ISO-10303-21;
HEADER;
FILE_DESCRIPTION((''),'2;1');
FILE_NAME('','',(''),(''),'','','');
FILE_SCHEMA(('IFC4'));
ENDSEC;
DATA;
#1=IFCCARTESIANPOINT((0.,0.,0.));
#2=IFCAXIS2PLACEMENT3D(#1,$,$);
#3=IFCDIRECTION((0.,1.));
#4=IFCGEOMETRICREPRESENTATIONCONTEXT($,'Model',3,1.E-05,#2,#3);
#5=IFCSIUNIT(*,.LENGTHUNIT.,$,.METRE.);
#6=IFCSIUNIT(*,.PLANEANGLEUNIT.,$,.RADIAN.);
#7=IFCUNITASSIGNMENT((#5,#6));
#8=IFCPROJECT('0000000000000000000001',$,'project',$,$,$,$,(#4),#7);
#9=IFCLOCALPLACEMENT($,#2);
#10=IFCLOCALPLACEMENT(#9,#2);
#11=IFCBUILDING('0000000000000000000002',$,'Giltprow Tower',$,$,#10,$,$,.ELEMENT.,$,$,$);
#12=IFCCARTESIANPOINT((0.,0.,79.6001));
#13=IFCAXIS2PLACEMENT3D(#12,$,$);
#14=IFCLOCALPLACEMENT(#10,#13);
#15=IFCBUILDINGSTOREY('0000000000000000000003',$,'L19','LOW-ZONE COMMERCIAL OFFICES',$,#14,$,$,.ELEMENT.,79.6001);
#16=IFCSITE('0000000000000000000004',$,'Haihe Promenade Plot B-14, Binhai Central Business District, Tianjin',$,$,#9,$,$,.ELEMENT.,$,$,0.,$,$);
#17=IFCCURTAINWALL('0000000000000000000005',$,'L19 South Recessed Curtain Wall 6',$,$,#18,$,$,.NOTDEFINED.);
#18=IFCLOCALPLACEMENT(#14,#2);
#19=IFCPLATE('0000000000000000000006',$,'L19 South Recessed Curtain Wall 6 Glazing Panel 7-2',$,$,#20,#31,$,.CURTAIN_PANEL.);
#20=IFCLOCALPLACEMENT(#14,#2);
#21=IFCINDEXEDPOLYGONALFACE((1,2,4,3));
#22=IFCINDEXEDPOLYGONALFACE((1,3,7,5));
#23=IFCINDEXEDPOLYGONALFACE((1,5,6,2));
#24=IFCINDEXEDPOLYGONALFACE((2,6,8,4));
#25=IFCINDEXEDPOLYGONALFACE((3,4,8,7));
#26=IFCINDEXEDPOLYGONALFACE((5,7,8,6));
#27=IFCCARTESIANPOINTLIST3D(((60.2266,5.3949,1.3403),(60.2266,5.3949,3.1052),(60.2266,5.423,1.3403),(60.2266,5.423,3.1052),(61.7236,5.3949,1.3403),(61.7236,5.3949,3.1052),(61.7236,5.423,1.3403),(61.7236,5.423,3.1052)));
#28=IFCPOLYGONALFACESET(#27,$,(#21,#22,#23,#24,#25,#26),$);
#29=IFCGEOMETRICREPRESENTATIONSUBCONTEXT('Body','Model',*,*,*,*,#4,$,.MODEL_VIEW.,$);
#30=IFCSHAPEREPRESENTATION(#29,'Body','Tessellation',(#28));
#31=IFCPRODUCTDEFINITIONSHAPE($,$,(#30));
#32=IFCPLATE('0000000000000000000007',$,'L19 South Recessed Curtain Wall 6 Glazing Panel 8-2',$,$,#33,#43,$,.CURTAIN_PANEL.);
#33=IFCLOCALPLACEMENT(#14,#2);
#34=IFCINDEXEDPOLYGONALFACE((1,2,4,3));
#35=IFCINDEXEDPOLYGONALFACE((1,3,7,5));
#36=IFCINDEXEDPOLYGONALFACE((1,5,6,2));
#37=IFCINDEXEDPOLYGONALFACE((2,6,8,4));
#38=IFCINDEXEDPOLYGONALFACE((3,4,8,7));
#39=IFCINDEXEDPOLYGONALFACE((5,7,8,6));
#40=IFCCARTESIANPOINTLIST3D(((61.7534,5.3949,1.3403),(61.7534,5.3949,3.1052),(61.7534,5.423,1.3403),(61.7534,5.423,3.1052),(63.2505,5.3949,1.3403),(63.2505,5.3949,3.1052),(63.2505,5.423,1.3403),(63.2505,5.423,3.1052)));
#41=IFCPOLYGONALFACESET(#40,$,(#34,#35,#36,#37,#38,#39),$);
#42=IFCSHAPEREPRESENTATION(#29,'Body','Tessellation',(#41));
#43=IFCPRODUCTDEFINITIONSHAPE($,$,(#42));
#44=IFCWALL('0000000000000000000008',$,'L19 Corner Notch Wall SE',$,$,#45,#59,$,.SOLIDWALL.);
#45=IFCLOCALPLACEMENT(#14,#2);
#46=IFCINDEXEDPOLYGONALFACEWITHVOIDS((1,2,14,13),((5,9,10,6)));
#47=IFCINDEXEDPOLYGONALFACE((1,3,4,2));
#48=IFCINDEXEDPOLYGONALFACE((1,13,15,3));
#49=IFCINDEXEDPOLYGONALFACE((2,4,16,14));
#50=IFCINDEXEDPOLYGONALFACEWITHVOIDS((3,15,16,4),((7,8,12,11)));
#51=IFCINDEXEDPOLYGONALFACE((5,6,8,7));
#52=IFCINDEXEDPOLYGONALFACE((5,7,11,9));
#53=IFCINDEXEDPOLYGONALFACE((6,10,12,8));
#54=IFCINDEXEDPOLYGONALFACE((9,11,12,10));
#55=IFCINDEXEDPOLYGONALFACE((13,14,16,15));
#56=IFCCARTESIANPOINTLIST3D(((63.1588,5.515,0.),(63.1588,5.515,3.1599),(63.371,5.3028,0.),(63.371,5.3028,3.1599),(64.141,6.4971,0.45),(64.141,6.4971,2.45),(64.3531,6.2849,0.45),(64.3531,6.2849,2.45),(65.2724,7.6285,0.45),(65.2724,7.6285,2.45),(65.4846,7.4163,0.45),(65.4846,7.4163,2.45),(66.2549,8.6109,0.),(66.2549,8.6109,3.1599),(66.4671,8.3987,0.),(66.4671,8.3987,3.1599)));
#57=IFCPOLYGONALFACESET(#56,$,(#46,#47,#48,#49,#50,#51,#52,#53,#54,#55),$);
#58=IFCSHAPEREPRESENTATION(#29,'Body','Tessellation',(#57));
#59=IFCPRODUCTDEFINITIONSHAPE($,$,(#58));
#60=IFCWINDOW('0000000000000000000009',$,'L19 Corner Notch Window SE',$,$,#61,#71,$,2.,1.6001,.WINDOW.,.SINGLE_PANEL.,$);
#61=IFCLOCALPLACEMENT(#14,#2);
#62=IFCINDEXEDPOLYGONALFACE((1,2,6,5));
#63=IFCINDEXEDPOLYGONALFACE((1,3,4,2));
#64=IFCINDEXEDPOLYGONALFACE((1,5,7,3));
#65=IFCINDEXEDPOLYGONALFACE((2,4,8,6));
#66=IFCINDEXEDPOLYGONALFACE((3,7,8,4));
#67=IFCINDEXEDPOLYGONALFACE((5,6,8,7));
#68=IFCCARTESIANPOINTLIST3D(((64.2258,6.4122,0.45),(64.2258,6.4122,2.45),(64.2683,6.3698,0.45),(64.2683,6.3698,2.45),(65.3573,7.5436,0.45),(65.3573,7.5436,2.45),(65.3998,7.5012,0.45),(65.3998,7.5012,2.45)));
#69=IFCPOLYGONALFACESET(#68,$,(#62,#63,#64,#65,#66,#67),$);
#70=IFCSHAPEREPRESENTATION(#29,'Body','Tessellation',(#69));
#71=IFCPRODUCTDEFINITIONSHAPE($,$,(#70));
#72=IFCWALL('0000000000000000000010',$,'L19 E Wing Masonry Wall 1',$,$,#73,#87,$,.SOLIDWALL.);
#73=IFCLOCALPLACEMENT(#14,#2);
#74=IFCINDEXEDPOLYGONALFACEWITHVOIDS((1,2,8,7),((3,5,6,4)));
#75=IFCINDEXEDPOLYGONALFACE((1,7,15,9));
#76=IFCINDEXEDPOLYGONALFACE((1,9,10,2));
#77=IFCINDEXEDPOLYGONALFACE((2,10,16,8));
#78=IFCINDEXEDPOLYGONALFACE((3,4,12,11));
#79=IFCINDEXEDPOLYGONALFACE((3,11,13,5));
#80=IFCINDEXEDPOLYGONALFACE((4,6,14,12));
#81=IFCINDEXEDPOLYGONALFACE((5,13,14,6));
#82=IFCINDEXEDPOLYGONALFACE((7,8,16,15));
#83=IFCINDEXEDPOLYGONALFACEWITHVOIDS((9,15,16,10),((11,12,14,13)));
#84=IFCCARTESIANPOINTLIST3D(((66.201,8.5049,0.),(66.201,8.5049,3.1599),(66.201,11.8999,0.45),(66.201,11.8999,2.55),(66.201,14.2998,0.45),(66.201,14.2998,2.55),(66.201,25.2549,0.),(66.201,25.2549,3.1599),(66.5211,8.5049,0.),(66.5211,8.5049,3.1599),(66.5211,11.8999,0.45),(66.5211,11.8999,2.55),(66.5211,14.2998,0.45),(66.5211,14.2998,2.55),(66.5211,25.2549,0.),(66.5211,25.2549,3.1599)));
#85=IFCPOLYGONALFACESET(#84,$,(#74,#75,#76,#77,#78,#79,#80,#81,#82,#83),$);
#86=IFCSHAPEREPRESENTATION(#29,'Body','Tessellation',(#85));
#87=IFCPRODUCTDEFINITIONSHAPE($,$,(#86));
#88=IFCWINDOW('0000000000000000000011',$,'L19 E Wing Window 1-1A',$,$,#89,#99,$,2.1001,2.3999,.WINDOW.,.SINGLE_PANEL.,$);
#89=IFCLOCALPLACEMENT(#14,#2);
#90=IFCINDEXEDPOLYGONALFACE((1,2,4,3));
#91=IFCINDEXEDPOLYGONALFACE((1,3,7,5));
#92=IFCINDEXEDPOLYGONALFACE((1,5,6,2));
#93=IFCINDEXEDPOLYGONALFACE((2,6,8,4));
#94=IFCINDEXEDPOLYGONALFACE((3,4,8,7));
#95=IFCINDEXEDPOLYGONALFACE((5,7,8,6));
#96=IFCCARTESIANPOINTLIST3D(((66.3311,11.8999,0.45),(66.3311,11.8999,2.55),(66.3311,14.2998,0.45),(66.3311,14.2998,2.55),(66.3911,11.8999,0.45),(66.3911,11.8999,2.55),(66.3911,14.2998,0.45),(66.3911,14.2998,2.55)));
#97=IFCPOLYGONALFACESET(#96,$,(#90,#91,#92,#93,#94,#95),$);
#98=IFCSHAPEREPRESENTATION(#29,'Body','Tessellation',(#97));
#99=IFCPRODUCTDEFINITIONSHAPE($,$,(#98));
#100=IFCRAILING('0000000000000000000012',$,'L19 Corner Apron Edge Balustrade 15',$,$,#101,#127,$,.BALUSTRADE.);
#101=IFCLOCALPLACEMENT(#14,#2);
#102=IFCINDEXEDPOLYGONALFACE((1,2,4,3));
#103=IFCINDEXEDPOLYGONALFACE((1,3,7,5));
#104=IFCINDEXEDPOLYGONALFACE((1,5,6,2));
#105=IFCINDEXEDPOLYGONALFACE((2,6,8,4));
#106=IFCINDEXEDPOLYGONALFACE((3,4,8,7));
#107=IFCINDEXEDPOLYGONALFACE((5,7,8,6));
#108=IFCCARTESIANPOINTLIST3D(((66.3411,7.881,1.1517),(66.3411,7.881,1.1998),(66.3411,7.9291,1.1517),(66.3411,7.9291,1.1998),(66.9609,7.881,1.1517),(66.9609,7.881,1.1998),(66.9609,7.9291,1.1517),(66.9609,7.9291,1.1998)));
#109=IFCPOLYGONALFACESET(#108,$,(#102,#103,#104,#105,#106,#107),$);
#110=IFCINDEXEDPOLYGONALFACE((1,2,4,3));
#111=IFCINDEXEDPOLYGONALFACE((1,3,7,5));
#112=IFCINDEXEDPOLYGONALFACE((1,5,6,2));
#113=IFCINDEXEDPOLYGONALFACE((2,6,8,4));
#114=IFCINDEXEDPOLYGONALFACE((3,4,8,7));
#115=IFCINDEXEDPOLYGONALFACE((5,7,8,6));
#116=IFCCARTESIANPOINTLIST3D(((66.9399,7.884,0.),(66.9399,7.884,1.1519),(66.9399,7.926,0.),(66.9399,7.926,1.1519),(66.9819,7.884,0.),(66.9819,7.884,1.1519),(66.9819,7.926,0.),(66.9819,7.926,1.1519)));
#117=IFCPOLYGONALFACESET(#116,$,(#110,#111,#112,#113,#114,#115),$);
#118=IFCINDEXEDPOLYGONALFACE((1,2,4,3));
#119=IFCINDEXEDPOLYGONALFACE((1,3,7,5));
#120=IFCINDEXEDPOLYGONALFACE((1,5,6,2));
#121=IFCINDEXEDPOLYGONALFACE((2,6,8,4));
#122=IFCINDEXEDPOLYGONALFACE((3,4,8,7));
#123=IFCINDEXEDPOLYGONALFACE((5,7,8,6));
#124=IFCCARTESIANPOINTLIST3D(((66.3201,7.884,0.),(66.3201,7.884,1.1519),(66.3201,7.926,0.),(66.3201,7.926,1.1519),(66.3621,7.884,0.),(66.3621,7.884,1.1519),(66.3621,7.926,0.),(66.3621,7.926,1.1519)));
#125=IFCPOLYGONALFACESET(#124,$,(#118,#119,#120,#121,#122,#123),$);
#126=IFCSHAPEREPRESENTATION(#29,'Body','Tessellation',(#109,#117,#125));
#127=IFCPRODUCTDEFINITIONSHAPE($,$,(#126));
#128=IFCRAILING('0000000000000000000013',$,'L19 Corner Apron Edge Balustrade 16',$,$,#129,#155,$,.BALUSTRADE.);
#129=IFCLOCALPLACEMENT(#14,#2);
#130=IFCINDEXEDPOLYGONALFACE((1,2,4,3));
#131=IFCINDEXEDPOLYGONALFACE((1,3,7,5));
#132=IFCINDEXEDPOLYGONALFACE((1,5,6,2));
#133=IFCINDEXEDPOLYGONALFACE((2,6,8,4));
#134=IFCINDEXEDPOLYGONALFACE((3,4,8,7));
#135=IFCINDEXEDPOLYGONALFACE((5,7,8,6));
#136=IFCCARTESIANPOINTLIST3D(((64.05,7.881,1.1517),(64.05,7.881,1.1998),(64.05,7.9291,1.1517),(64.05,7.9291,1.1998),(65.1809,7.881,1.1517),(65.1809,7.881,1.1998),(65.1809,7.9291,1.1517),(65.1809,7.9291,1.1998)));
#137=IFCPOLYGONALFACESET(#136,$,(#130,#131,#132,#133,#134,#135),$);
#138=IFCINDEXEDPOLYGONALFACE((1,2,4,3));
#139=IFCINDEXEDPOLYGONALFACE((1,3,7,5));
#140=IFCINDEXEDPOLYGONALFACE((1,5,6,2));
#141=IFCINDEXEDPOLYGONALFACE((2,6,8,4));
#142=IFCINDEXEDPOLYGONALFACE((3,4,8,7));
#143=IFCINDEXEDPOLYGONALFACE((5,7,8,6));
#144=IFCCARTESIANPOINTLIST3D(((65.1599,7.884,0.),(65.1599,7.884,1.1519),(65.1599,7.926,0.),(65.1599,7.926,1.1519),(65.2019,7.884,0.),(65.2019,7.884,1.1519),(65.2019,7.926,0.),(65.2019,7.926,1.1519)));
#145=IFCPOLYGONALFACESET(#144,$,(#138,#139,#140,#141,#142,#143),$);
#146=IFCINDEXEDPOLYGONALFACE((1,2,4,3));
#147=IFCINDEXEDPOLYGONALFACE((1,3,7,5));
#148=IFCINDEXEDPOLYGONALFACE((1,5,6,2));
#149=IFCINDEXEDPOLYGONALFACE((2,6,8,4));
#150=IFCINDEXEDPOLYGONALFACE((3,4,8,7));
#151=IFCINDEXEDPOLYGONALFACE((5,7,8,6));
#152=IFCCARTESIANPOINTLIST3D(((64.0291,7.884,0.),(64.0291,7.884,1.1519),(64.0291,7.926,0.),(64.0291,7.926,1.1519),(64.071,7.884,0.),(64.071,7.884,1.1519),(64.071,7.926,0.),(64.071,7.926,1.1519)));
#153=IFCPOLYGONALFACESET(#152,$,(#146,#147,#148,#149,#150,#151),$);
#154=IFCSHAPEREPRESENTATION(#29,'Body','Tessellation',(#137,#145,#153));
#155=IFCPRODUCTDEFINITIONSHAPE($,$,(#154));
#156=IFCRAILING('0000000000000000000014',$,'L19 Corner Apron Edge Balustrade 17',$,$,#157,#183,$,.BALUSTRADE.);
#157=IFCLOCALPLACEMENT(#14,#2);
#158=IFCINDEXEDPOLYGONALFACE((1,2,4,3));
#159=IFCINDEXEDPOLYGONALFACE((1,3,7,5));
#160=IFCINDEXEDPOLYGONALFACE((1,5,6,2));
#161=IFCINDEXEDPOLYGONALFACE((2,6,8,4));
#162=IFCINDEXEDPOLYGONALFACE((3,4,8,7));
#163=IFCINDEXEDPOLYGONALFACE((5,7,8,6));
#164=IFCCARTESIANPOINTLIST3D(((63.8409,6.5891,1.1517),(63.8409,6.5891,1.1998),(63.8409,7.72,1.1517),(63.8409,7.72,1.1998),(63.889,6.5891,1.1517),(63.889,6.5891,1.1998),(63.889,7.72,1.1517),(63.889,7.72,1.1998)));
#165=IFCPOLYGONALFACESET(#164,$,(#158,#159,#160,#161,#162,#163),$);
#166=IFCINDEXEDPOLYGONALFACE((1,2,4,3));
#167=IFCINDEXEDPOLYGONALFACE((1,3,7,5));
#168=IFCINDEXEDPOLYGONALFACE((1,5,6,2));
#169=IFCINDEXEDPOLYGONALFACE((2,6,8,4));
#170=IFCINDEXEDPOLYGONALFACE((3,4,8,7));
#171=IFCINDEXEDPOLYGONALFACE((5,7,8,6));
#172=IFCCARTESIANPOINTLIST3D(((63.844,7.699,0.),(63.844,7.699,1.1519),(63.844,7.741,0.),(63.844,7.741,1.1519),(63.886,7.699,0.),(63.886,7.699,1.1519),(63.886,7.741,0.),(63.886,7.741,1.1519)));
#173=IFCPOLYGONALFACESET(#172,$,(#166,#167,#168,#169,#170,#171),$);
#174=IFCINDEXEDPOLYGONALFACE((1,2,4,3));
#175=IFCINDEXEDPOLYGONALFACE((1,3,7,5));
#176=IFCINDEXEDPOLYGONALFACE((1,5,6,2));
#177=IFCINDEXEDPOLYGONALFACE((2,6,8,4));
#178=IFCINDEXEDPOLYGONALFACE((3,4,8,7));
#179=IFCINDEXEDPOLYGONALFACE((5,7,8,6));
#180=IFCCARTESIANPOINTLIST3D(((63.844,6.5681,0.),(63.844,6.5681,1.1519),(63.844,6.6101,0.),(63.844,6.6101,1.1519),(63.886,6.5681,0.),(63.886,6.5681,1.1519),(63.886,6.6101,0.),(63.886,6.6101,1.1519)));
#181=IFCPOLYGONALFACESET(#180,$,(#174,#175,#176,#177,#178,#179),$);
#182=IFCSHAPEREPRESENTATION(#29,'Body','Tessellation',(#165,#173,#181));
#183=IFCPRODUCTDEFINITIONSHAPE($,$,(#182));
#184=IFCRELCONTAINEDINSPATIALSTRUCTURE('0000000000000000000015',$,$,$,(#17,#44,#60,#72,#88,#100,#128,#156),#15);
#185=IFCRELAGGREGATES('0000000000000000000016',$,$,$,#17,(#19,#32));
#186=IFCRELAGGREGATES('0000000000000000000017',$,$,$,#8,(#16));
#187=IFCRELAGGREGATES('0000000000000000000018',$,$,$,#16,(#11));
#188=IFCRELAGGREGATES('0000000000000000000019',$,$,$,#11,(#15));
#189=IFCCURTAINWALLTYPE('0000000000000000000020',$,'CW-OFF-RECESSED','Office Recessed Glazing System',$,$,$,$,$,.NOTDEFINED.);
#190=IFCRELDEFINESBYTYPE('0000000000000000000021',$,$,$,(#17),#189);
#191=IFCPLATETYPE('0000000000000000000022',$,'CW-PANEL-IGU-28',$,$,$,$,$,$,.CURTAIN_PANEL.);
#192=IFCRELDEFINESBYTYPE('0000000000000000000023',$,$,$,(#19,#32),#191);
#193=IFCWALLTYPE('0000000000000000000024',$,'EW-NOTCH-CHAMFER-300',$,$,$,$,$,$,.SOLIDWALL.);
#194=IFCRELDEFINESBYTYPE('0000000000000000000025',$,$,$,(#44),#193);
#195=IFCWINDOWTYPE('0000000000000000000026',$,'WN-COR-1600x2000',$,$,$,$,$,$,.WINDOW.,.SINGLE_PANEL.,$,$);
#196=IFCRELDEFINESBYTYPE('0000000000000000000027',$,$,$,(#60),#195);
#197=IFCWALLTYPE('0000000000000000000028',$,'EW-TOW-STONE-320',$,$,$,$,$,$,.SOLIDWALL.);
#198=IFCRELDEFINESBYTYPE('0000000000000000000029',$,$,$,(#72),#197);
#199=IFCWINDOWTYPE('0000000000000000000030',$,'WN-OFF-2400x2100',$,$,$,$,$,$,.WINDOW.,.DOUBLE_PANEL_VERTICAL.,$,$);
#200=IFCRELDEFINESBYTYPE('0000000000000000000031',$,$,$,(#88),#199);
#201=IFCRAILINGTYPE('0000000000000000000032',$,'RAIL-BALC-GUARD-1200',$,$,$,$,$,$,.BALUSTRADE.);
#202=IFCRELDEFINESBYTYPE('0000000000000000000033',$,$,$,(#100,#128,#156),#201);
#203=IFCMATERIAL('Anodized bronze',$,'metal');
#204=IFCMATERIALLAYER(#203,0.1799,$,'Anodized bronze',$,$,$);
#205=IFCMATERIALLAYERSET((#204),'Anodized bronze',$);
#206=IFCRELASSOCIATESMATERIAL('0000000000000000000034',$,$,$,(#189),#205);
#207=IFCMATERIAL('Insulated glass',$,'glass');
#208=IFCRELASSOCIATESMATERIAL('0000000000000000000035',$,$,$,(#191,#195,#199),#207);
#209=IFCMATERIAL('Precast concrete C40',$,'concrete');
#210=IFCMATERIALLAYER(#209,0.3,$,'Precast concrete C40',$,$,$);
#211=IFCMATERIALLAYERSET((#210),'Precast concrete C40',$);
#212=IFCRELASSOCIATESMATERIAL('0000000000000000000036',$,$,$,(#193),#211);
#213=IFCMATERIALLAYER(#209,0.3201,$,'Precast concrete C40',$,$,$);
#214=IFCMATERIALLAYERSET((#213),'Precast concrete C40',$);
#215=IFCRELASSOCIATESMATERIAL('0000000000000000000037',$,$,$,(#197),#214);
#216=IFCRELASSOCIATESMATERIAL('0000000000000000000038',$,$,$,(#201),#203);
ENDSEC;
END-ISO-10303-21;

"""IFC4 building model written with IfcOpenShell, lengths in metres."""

from ifc_helpers import new_model, si_unit, direction, frame, frame_2d, origin, origin_2d, place, context, subcontext, project, spatial, rectangle, extrude, source, transform, mapped, material, layer, layer_set, type_object, element, fill, aggregate, save


model = new_model("IFC4")

# Units and contexts
model_context = context("Model", 3, precision=1e-05, world=origin(), true_north=direction((0.0, 1.0)))
body_context = subcontext(model_context, "Body", "Model", "MODEL_VIEW")
ifc_project = project(units=[si_unit("LENGTHUNIT", "METRE"), si_unit("PLANEANGLEUNIT", "RADIAN")], contexts=[model_context])

# Site, building, storey
site_placement = place(None, origin())
site = spatial("IfcSite", under=ifc_project, at=site_placement, Name="Haihe Promenade Plot B-14, Binhai Central Business District, Tianjin", CompositionType="ELEMENT", RefElevation=0.0)
building_placement = place(site_placement, origin())
building = spatial("IfcBuilding", under=site, at=building_placement, Name="Giltprow Tower", CompositionType="ELEMENT")
storey_placement = place(building_placement, frame((0.0, 0.0, 79.6001)))
storey = spatial("IfcBuildingStorey", under=building, at=storey_placement, Name="L19", Description="LOW-ZONE COMMERCIAL OFFICES", CompositionType="ELEMENT", Elevation=79.6001)

# Curtain wall, plates
ifc_material_1 = material(Name="Anodized bronze", Category="metal")
ifc_layer_1 = layer(ifc_material_1, 0.1799, Name="Anodized bronze")
ifc_layer_set_1 = layer_set([ifc_layer_1], Name="Anodized bronze")
curtain_wall_type = type_object("IfcCurtainWallType", Name="CW-OFF-RECESSED", Description="Office Recessed Glazing System", PredefinedType="NOTDEFINED", material=ifc_layer_set_1)
curtain_wall_placement = place(storey_placement, origin())
curtain_wall = element("IfcCurtainWall", 1, at=curtain_wall_placement, inside=storey, type_object=curtain_wall_type, Name="L19 South Recessed Curtain Wall 6", PredefinedType="NOTDEFINED")
ifc_material_2 = material(Name="Insulated glass", Category="glass")
plate_type = type_object("IfcPlateType", Name="CW-PANEL-IGU-28", PredefinedType="CURTAIN_PANEL", material=ifc_material_2)
shared_shape_1 = source(origin(), body_context, "Body", "SweptSolid", [
    extrude(rectangle(XDim=1.4971, YDim=0.0281, at=origin_2d()), origin(), (0.0, 0.0, 1.0), 1.7649),
])
plate_1_placement = place(storey_placement, frame((60.9751, 5.4089, 1.3403), z_axis=(0.0, 0.0, 1.0), x_axis=(1.0, 0.0, 0.0)))
plate_1 = element("IfcPlate", 2, at=plate_1_placement, type_object=plate_type, Name="L19 South Recessed Curtain Wall 6 Glazing Panel 7-2", PredefinedType="CURTAIN_PANEL", context=body_context, shape_type="MappedRepresentation", body=[
    mapped(shared_shape_1, transform((0.0, 0.0, 0.0), x_axis=(1.0, 0.0, 0.0), y_axis=(0.0, 1.0, 0.0), z_axis=(0.0, 0.0, 1.0), scale=1.0)),
])
plate_2_placement = place(storey_placement, frame((62.502, 5.4089, 1.3403), z_axis=(0.0, 0.0, 1.0), x_axis=(1.0, 0.0, 0.0)))
plate_2 = element("IfcPlate", 3, at=plate_2_placement, type_object=plate_type, Name="L19 South Recessed Curtain Wall 6 Glazing Panel 8-2", PredefinedType="CURTAIN_PANEL", context=body_context, shape_type="MappedRepresentation", body=[
    mapped(shared_shape_1, transform((0.0, 0.0, 0.0), x_axis=(1.0, 0.0, 0.0), y_axis=(0.0, 1.0, 0.0), z_axis=(0.0, 0.0, 1.0), scale=1.0)),
])
aggregate(curtain_wall, [plate_1, plate_2])

# Walls, openings, windows
ifc_material_3 = material(Name="Precast concrete C40", Category="concrete")
ifc_layer_2 = layer(ifc_material_3, 0.3, Name="Precast concrete C40")
ifc_layer_set_2 = layer_set([ifc_layer_2], Name="Precast concrete C40")
wall_type_1 = type_object("IfcWallType", Name="EW-NOTCH-CHAMFER-300", PredefinedType="SOLIDWALL", material=ifc_layer_set_2)
wall_1_placement = place(storey_placement, frame((63.2649, 5.4089, 0.0), z_axis=(0.0, 0.0, 1.0), x_axis=(0.707135, 0.707079, 0.0)))
wall_1 = element("IfcWall", 4, at=wall_1_placement, inside=storey, type_object=wall_type_1, Name="L19 Corner Notch Wall SE", PredefinedType="SOLIDWALL", context=body_context, shape_type="SweptSolid", body=[
    extrude(rectangle(XDim=4.3784, YDim=0.3, at=frame_2d((2.1892, 0.0))), origin(), (0.0, 0.0, 1.0), 3.1599),
])
opening_1_placement = place(wall_1_placement, frame((1.3889, 0.0, 0.45)))
opening_1 = element("IfcOpeningElement", 5, at=opening_1_placement, cuts=wall_1, PredefinedType="OPENING", context=body_context, shape_type="SweptSolid", body=[
    extrude(rectangle(XDim=1.6001, YDim=2.0, at=frame_2d((0.8, 1.0))), frame((0.0, 0.1599, 0.0), z_axis=(0.0, -1.0, 0.0), x_axis=(1.0, 0.0, 0.0)), (0.0, 0.0, 1.0), 0.3201),
])
window_type_1 = type_object("IfcWindowType", Name="WN-COR-1600x2000", PartitioningType="SINGLE_PANEL", PredefinedType="WINDOW", material=ifc_material_2)
shared_shape_2 = source(origin(), body_context, "Body", "SweptSolid", [
    extrude(rectangle(XDim=1.6001, YDim=2.0, at=frame_2d((0.8, 1.0))), frame((0.0, 0.03, 0.0), z_axis=(0.0, -1.0, 0.0), x_axis=(1.0, 0.0, 0.0)), (0.0, 0.0, 1.0), 0.0601),
])
window_1_placement = place(opening_1_placement, origin())
window_1 = element("IfcWindow", 6, at=window_1_placement, inside=storey, type_object=window_type_1, Name="L19 Corner Notch Window SE", OverallHeight=2.0, OverallWidth=1.6001, PartitioningType="SINGLE_PANEL", PredefinedType="WINDOW", context=body_context, shape_type="MappedRepresentation", body=[
    mapped(shared_shape_2, transform((0.0, 0.0, 0.0), x_axis=(1.0, 0.0, 0.0), y_axis=(0.0, 1.0, 0.0), z_axis=(0.0, 0.0, 1.0), scale=1.0)),
])
fill(opening_1, window_1)
ifc_layer_3 = layer(ifc_material_3, 0.3201, Name="Precast concrete C40")
ifc_layer_set_3 = layer_set([ifc_layer_3], Name="Precast concrete C40")
wall_type_2 = type_object("IfcWallType", Name="EW-TOW-STONE-320", PredefinedType="SOLIDWALL", material=ifc_layer_set_3)
wall_2_placement = place(storey_placement, frame((66.3611, 8.5049, 0.0), z_axis=(0.0, 0.0, 1.0), x_axis=(0.0, 1.0, 0.0)))
wall_2 = element("IfcWall", 7, at=wall_2_placement, inside=storey, type_object=wall_type_2, Name="L19 E Wing Masonry Wall 1", PredefinedType="SOLIDWALL", context=body_context, shape_type="SweptSolid", body=[
    extrude(rectangle(XDim=16.75, YDim=0.3201, at=frame_2d((8.375, 0.0))), origin(), (0.0, 0.0, 1.0), 3.1599),
])
opening_2_placement = place(wall_2_placement, frame((3.395, 0.0, 0.45)))
opening_2 = element("IfcOpeningElement", 8, at=opening_2_placement, cuts=wall_2, PredefinedType="OPENING", context=body_context, shape_type="SweptSolid", body=[
    extrude(rectangle(XDim=2.3999, YDim=2.1001, at=frame_2d((1.2, 1.05))), frame((0.0, 0.1699, 0.0), z_axis=(0.0, -1.0, 0.0), x_axis=(1.0, 0.0, 0.0)), (0.0, 0.0, 1.0), 0.3401),
])
window_type_2 = type_object("IfcWindowType", Name="WN-OFF-2400x2100", PartitioningType="DOUBLE_PANEL_VERTICAL", PredefinedType="WINDOW", material=ifc_material_2)
shared_shape_3 = source(origin(), body_context, "Body", "SweptSolid", [
    extrude(rectangle(XDim=2.3999, YDim=2.1001, at=frame_2d((1.2, 1.05))), frame((0.0, 0.03, 0.0), z_axis=(0.0, -1.0, 0.0), x_axis=(1.0, 0.0, 0.0)), (0.0, 0.0, 1.0), 0.0601),
])
window_2_placement = place(opening_2_placement, origin())
window_2 = element("IfcWindow", 9, at=window_2_placement, inside=storey, type_object=window_type_2, Name="L19 E Wing Window 1-1A", OverallHeight=2.1001, OverallWidth=2.3999, PartitioningType="SINGLE_PANEL", PredefinedType="WINDOW", context=body_context, shape_type="MappedRepresentation", body=[
    mapped(shared_shape_3, transform((0.0, 0.0, 0.0), x_axis=(1.0, 0.0, 0.0), y_axis=(0.0, 1.0, 0.0), z_axis=(0.0, 0.0, 1.0), scale=1.0)),
])
fill(opening_2, window_2)

# Railings
railing_type = type_object("IfcRailingType", Name="RAIL-BALC-GUARD-1200", PredefinedType="BALUSTRADE", material=ifc_material_1)
railing_1_placement = place(storey_placement, frame((66.9609, 7.905, 0.0)))
element("IfcRailing", 10, at=railing_1_placement, inside=storey, type_object=railing_type, Name="L19 Corner Apron Edge Balustrade 15", PredefinedType="BALUSTRADE", context=body_context, shape_type="SweptSolid", body=[
    extrude(rectangle(XDim=0.0481, YDim=0.0481, at=origin_2d()), frame((0.0, 0.0, 1.1758), z_axis=(-1.0, 0.0, 0.0), x_axis=(0.0, -1.0, 0.0)), (0.0, 0.0, 1.0), 0.6199),
    extrude(rectangle(XDim=0.042, YDim=0.042, at=origin_2d()), origin(), (0.0, 0.0, 1.0), 1.1519),
    extrude(rectangle(XDim=0.042, YDim=0.042, at=origin_2d()), frame((-0.6199, 0.0, 0.0)), (0.0, 0.0, 1.0), 1.1519),
])
railing_2_placement = place(storey_placement, frame((65.1809, 7.905, 0.0)))
element("IfcRailing", 11, at=railing_2_placement, inside=storey, type_object=railing_type, Name="L19 Corner Apron Edge Balustrade 16", PredefinedType="BALUSTRADE", context=body_context, shape_type="SweptSolid", body=[
    extrude(rectangle(XDim=0.0481, YDim=0.0481, at=origin_2d()), frame((0.0, 0.0, 1.1758), z_axis=(-1.0, 0.0, 0.0), x_axis=(0.0, -1.0, 0.0)), (0.0, 0.0, 1.0), 1.1309),
    extrude(rectangle(XDim=0.042, YDim=0.042, at=origin_2d()), origin(), (0.0, 0.0, 1.0), 1.1519),
    extrude(rectangle(XDim=0.042, YDim=0.042, at=origin_2d()), frame((-1.1309, 0.0, 0.0)), (0.0, 0.0, 1.0), 1.1519),
])
railing_3_placement = place(storey_placement, frame((63.865, 7.72, 0.0)))
element("IfcRailing", 12, at=railing_3_placement, inside=storey, type_object=railing_type, Name="L19 Corner Apron Edge Balustrade 17", PredefinedType="BALUSTRADE", context=body_context, shape_type="SweptSolid", body=[
    extrude(rectangle(XDim=0.0481, YDim=0.0481, at=origin_2d()), frame((0.0, 0.0, 1.1758), z_axis=(0.0, -1.0, 0.0), x_axis=(1.0, 0.0, 0.0)), (0.0, 0.0, 1.0), 1.1309),
    extrude(rectangle(XDim=0.042, YDim=0.042, at=origin_2d()), origin(), (0.0, 0.0, 1.0), 1.1519),
    extrude(rectangle(XDim=0.042, YDim=0.042, at=origin_2d()), frame((0.0, -1.1309, 0.0)), (0.0, 0.0, 1.0), 1.1519),
])

save(model, "model.ifc")
